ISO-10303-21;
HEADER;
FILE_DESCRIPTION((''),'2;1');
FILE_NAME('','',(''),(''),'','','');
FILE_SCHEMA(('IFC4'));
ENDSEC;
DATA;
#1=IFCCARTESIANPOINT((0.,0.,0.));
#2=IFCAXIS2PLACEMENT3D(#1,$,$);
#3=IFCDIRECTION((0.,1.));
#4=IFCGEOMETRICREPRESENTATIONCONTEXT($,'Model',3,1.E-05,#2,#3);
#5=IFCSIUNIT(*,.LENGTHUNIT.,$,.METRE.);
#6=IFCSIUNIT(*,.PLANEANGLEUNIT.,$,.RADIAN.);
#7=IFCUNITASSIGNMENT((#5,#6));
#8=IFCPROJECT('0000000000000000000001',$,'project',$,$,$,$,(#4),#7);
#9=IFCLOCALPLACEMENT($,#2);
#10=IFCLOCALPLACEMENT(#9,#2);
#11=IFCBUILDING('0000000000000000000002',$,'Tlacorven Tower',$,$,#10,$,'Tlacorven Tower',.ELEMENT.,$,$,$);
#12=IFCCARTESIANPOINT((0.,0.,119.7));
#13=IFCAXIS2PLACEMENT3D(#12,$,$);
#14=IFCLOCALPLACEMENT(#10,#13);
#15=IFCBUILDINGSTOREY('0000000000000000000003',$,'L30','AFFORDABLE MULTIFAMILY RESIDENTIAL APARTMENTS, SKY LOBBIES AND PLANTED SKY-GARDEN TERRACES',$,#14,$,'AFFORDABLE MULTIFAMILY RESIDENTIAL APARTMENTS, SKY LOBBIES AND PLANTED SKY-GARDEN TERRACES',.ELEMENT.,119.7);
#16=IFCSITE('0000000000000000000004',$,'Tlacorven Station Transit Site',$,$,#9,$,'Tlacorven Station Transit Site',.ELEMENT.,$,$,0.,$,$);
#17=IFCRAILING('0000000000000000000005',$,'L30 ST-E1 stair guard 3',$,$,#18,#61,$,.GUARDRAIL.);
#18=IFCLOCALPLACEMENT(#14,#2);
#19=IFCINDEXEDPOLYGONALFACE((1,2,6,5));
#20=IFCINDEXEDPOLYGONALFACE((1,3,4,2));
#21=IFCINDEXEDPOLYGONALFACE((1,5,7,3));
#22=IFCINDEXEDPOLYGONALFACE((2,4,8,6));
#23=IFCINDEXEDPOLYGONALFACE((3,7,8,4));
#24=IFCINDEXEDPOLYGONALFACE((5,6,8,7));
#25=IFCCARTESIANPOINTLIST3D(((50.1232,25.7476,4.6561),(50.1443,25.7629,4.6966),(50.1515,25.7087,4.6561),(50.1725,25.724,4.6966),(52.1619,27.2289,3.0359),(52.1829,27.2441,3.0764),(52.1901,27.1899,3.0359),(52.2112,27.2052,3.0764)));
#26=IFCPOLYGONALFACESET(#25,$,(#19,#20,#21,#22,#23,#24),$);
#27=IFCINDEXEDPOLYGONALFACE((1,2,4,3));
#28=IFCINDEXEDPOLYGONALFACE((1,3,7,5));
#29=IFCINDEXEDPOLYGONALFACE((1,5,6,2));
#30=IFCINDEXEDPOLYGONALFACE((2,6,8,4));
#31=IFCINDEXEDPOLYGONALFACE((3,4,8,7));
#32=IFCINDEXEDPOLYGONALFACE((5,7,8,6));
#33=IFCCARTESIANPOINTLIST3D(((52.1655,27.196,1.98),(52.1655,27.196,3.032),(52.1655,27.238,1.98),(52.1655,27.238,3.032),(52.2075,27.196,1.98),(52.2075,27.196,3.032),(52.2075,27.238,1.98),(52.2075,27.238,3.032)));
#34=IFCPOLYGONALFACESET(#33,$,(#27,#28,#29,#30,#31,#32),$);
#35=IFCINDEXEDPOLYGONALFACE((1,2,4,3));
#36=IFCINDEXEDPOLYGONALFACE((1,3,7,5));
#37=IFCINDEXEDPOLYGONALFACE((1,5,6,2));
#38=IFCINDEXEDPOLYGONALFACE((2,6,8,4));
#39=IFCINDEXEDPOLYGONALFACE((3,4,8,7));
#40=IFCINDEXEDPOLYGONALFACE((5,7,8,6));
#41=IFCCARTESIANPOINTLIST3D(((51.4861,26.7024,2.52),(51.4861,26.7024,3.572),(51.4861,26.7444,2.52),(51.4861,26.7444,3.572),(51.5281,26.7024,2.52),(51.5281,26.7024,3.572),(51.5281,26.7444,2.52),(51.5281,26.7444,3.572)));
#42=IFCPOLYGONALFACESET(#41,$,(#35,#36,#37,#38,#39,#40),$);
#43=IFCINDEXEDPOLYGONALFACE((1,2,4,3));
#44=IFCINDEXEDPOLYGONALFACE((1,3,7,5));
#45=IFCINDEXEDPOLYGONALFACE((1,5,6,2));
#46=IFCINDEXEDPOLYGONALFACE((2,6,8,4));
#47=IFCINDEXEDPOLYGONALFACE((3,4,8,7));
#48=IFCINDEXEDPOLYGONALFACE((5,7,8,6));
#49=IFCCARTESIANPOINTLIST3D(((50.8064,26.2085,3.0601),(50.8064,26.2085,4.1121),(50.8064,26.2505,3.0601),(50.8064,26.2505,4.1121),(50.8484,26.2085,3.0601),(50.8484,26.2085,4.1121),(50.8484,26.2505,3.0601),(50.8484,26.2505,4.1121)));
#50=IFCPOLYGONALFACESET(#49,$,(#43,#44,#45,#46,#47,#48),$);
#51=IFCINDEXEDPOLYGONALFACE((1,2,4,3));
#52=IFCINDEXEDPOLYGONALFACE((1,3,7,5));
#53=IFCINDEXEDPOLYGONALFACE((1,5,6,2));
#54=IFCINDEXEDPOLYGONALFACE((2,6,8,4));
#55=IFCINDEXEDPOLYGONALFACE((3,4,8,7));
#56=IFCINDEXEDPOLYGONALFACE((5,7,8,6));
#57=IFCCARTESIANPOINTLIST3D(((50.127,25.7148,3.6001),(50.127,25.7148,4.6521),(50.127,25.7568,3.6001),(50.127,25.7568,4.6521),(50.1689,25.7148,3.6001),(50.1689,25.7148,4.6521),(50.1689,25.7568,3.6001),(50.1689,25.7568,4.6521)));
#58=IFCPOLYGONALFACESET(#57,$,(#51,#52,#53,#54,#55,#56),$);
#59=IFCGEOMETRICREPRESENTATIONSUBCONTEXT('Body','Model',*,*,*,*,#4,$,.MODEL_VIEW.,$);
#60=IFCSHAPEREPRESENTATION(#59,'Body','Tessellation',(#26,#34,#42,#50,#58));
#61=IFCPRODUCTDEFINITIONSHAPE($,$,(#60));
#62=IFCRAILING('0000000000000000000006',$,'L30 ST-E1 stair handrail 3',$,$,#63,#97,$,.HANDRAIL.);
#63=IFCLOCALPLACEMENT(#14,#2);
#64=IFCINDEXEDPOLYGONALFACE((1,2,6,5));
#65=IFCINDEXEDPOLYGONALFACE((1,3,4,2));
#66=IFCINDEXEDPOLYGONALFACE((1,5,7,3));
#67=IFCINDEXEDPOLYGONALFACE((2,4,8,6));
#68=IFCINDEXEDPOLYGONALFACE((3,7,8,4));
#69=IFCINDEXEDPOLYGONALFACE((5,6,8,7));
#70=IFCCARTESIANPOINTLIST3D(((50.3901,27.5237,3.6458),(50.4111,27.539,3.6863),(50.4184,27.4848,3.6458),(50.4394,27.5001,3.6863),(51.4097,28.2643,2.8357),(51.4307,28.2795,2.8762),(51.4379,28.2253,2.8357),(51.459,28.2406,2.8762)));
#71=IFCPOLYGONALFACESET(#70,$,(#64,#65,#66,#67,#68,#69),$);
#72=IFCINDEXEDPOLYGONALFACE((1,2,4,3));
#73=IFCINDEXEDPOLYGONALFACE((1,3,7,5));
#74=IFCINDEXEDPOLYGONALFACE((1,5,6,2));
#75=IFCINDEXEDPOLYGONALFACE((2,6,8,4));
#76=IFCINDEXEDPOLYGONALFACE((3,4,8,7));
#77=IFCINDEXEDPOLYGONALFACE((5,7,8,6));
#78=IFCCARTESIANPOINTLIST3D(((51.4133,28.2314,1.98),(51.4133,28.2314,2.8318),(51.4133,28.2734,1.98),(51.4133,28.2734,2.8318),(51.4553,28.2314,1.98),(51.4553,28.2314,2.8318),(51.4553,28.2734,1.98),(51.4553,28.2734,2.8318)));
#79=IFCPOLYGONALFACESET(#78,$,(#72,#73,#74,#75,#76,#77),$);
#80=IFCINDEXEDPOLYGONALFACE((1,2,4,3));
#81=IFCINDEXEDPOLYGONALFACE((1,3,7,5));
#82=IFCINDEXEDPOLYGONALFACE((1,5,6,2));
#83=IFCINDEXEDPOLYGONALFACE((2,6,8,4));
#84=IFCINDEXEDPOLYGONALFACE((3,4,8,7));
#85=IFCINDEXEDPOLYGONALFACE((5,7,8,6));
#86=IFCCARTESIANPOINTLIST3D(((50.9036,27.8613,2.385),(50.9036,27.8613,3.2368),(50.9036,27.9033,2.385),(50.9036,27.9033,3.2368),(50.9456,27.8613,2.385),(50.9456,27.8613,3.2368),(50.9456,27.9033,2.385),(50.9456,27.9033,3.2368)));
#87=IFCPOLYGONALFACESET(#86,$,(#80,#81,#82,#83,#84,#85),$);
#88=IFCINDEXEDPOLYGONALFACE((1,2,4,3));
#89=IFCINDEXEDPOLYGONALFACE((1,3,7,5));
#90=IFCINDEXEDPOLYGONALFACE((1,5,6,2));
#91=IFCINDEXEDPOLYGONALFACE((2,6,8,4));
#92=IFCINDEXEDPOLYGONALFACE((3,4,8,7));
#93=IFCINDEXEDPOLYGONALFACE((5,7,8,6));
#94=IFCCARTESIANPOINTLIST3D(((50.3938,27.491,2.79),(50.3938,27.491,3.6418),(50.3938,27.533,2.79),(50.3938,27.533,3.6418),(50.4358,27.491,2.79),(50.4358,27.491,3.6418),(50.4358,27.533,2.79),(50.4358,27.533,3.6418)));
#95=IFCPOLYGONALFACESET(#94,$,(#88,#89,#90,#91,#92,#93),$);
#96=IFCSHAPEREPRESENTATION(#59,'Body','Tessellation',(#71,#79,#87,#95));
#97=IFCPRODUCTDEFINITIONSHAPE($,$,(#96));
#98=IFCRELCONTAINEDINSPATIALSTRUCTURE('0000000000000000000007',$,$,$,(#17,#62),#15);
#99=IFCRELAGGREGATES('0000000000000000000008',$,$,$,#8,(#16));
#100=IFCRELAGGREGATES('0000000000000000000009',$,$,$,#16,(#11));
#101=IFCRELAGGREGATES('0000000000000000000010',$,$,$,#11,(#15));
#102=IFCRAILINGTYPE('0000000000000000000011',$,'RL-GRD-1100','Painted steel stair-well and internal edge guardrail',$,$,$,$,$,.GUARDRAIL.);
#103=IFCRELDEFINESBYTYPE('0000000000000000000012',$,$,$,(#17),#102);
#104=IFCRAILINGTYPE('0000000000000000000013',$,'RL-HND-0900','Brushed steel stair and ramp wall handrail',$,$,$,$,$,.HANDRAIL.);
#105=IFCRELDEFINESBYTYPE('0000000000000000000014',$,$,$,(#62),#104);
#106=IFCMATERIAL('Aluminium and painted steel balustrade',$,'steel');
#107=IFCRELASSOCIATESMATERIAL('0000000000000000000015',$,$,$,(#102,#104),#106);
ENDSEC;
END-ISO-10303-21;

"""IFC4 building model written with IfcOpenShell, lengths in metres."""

from ifc_helpers import new_model, si_unit, direction, frame, origin, origin_2d, place, context, subcontext, project, spatial, rectangle, extrude, source, transform, mapped, material, type_object, element, save


model = new_model("IFC4")

# Units and contexts
model_context = context("Model", 3, precision=1e-05, world=origin(), true_north=direction((0.0, 1.0)))
body_context = subcontext(model_context, "Body", "Model", "MODEL_VIEW")
ifc_project = project(units=[si_unit("LENGTHUNIT", "METRE"), si_unit("PLANEANGLEUNIT", "RADIAN")], contexts=[model_context])

# Site, building, storey
site_placement = place(None, origin())
site = spatial("IfcSite", under=ifc_project, at=site_placement, Name="Tlacorven Station Transit Site", LongName="Tlacorven Station Transit Site", CompositionType="ELEMENT", RefElevation=0.0)
building_placement = place(site_placement, origin())
building = spatial("IfcBuilding", under=site, at=building_placement, Name="Tlacorven Tower", LongName="Tlacorven Tower", CompositionType="ELEMENT")
storey_placement = place(building_placement, frame((0.0, 0.0, 119.7)))
storey = spatial("IfcBuildingStorey", under=building, at=storey_placement, Name="L30", Description="AFFORDABLE MULTIFAMILY RESIDENTIAL APARTMENTS, SKY LOBBIES AND PLANTED SKY-GARDEN TERRACES", LongName="AFFORDABLE MULTIFAMILY RESIDENTIAL APARTMENTS, SKY LOBBIES AND PLANTED SKY-GARDEN TERRACES", CompositionType="ELEMENT", Elevation=119.7)

# Shared definitions
ifc_material_1 = material(Name="Aluminium and painted steel balustrade", Category="steel")

# Railings
railing_type_1 = type_object("IfcRailingType", Name="RL-GRD-1100", Description="Painted steel stair-well and internal edge guardrail", PredefinedType="GUARDRAIL", material=ifc_material_1)
shared_shape_1 = source(origin(), body_context, "Body", "SweptSolid", [
    extrude(rectangle(XDim=0.0481, YDim=0.0481, at=origin_2d()), frame((0.0, 0.0, 1.0762), z_axis=(-0.680489, -0.494434, 0.540805), x_axis=(0.587809, -0.809, 0.0)), (0.0, 0.0, 1.0), 2.9958),
    extrude(rectangle(XDim=0.042, YDim=0.042, at=origin_2d()), origin(), (0.0, 0.0, 1.0), 1.052),
    extrude(rectangle(XDim=0.042, YDim=0.042, at=origin_2d()), frame((-0.6794, -0.4937, 0.54)), (0.0, 0.0, 1.0), 1.052),
    extrude(rectangle(XDim=0.042, YDim=0.042, at=origin_2d()), frame((-1.3591, -0.9875, 1.0801)), (0.0, 0.0, 1.0), 1.052),
    extrude(rectangle(XDim=0.042, YDim=0.042, at=origin_2d()), frame((-2.0386, -1.4812, 1.6201)), (0.0, 0.0, 1.0), 1.052),
])
railing_1_placement = place(storey_placement, frame((52.1865, 27.217, 1.98)))
element("IfcRailing", 1, at=railing_1_placement, inside=storey, type_object=railing_type_1, Name="L30 ST-E1 stair guard 3", PredefinedType="GUARDRAIL", context=body_context, shape_type="MappedRepresentation", body=[
    mapped(shared_shape_1, transform((0.0, 0.0, 0.0), scale=1.0)),
])
railing_type_2 = type_object("IfcRailingType", Name="RL-HND-0900", Description="Brushed steel stair and ramp wall handrail", PredefinedType="HANDRAIL", material=ifc_material_1)
shared_shape_2 = source(origin(), body_context, "Body", "SweptSolid", [
    extrude(rectangle(XDim=0.0481, YDim=0.0481, at=origin_2d()), frame((0.0, 0.0, 0.876), z_axis=(-0.680604, -0.494318, 0.540767), x_axis=(0.587653, -0.809113, 0.0)), (0.0, 0.0, 1.0), 1.498),
    extrude(rectangle(XDim=0.042, YDim=0.042, at=origin_2d()), origin(), (0.0, 0.0, 1.0), 0.8518),
    extrude(rectangle(XDim=0.042, YDim=0.042, at=origin_2d()), frame((-0.5098, -0.3701, 0.405)), (0.0, 0.0, 1.0), 0.8518),
    extrude(rectangle(XDim=0.042, YDim=0.042, at=origin_2d()), frame((-1.0195, -0.7405, 0.8101)), (0.0, 0.0, 1.0), 0.8518),
])
railing_2_placement = place(storey_placement, frame((51.4343, 28.2524, 1.98)))
element("IfcRailing", 2, at=railing_2_placement, inside=storey, type_object=railing_type_2, Name="L30 ST-E1 stair handrail 3", PredefinedType="HANDRAIL", context=body_context, shape_type="MappedRepresentation", body=[
    mapped(shared_shape_2, transform((0.0, 0.0, 0.0), scale=1.0)),
])

save(model, "model.ifc")
